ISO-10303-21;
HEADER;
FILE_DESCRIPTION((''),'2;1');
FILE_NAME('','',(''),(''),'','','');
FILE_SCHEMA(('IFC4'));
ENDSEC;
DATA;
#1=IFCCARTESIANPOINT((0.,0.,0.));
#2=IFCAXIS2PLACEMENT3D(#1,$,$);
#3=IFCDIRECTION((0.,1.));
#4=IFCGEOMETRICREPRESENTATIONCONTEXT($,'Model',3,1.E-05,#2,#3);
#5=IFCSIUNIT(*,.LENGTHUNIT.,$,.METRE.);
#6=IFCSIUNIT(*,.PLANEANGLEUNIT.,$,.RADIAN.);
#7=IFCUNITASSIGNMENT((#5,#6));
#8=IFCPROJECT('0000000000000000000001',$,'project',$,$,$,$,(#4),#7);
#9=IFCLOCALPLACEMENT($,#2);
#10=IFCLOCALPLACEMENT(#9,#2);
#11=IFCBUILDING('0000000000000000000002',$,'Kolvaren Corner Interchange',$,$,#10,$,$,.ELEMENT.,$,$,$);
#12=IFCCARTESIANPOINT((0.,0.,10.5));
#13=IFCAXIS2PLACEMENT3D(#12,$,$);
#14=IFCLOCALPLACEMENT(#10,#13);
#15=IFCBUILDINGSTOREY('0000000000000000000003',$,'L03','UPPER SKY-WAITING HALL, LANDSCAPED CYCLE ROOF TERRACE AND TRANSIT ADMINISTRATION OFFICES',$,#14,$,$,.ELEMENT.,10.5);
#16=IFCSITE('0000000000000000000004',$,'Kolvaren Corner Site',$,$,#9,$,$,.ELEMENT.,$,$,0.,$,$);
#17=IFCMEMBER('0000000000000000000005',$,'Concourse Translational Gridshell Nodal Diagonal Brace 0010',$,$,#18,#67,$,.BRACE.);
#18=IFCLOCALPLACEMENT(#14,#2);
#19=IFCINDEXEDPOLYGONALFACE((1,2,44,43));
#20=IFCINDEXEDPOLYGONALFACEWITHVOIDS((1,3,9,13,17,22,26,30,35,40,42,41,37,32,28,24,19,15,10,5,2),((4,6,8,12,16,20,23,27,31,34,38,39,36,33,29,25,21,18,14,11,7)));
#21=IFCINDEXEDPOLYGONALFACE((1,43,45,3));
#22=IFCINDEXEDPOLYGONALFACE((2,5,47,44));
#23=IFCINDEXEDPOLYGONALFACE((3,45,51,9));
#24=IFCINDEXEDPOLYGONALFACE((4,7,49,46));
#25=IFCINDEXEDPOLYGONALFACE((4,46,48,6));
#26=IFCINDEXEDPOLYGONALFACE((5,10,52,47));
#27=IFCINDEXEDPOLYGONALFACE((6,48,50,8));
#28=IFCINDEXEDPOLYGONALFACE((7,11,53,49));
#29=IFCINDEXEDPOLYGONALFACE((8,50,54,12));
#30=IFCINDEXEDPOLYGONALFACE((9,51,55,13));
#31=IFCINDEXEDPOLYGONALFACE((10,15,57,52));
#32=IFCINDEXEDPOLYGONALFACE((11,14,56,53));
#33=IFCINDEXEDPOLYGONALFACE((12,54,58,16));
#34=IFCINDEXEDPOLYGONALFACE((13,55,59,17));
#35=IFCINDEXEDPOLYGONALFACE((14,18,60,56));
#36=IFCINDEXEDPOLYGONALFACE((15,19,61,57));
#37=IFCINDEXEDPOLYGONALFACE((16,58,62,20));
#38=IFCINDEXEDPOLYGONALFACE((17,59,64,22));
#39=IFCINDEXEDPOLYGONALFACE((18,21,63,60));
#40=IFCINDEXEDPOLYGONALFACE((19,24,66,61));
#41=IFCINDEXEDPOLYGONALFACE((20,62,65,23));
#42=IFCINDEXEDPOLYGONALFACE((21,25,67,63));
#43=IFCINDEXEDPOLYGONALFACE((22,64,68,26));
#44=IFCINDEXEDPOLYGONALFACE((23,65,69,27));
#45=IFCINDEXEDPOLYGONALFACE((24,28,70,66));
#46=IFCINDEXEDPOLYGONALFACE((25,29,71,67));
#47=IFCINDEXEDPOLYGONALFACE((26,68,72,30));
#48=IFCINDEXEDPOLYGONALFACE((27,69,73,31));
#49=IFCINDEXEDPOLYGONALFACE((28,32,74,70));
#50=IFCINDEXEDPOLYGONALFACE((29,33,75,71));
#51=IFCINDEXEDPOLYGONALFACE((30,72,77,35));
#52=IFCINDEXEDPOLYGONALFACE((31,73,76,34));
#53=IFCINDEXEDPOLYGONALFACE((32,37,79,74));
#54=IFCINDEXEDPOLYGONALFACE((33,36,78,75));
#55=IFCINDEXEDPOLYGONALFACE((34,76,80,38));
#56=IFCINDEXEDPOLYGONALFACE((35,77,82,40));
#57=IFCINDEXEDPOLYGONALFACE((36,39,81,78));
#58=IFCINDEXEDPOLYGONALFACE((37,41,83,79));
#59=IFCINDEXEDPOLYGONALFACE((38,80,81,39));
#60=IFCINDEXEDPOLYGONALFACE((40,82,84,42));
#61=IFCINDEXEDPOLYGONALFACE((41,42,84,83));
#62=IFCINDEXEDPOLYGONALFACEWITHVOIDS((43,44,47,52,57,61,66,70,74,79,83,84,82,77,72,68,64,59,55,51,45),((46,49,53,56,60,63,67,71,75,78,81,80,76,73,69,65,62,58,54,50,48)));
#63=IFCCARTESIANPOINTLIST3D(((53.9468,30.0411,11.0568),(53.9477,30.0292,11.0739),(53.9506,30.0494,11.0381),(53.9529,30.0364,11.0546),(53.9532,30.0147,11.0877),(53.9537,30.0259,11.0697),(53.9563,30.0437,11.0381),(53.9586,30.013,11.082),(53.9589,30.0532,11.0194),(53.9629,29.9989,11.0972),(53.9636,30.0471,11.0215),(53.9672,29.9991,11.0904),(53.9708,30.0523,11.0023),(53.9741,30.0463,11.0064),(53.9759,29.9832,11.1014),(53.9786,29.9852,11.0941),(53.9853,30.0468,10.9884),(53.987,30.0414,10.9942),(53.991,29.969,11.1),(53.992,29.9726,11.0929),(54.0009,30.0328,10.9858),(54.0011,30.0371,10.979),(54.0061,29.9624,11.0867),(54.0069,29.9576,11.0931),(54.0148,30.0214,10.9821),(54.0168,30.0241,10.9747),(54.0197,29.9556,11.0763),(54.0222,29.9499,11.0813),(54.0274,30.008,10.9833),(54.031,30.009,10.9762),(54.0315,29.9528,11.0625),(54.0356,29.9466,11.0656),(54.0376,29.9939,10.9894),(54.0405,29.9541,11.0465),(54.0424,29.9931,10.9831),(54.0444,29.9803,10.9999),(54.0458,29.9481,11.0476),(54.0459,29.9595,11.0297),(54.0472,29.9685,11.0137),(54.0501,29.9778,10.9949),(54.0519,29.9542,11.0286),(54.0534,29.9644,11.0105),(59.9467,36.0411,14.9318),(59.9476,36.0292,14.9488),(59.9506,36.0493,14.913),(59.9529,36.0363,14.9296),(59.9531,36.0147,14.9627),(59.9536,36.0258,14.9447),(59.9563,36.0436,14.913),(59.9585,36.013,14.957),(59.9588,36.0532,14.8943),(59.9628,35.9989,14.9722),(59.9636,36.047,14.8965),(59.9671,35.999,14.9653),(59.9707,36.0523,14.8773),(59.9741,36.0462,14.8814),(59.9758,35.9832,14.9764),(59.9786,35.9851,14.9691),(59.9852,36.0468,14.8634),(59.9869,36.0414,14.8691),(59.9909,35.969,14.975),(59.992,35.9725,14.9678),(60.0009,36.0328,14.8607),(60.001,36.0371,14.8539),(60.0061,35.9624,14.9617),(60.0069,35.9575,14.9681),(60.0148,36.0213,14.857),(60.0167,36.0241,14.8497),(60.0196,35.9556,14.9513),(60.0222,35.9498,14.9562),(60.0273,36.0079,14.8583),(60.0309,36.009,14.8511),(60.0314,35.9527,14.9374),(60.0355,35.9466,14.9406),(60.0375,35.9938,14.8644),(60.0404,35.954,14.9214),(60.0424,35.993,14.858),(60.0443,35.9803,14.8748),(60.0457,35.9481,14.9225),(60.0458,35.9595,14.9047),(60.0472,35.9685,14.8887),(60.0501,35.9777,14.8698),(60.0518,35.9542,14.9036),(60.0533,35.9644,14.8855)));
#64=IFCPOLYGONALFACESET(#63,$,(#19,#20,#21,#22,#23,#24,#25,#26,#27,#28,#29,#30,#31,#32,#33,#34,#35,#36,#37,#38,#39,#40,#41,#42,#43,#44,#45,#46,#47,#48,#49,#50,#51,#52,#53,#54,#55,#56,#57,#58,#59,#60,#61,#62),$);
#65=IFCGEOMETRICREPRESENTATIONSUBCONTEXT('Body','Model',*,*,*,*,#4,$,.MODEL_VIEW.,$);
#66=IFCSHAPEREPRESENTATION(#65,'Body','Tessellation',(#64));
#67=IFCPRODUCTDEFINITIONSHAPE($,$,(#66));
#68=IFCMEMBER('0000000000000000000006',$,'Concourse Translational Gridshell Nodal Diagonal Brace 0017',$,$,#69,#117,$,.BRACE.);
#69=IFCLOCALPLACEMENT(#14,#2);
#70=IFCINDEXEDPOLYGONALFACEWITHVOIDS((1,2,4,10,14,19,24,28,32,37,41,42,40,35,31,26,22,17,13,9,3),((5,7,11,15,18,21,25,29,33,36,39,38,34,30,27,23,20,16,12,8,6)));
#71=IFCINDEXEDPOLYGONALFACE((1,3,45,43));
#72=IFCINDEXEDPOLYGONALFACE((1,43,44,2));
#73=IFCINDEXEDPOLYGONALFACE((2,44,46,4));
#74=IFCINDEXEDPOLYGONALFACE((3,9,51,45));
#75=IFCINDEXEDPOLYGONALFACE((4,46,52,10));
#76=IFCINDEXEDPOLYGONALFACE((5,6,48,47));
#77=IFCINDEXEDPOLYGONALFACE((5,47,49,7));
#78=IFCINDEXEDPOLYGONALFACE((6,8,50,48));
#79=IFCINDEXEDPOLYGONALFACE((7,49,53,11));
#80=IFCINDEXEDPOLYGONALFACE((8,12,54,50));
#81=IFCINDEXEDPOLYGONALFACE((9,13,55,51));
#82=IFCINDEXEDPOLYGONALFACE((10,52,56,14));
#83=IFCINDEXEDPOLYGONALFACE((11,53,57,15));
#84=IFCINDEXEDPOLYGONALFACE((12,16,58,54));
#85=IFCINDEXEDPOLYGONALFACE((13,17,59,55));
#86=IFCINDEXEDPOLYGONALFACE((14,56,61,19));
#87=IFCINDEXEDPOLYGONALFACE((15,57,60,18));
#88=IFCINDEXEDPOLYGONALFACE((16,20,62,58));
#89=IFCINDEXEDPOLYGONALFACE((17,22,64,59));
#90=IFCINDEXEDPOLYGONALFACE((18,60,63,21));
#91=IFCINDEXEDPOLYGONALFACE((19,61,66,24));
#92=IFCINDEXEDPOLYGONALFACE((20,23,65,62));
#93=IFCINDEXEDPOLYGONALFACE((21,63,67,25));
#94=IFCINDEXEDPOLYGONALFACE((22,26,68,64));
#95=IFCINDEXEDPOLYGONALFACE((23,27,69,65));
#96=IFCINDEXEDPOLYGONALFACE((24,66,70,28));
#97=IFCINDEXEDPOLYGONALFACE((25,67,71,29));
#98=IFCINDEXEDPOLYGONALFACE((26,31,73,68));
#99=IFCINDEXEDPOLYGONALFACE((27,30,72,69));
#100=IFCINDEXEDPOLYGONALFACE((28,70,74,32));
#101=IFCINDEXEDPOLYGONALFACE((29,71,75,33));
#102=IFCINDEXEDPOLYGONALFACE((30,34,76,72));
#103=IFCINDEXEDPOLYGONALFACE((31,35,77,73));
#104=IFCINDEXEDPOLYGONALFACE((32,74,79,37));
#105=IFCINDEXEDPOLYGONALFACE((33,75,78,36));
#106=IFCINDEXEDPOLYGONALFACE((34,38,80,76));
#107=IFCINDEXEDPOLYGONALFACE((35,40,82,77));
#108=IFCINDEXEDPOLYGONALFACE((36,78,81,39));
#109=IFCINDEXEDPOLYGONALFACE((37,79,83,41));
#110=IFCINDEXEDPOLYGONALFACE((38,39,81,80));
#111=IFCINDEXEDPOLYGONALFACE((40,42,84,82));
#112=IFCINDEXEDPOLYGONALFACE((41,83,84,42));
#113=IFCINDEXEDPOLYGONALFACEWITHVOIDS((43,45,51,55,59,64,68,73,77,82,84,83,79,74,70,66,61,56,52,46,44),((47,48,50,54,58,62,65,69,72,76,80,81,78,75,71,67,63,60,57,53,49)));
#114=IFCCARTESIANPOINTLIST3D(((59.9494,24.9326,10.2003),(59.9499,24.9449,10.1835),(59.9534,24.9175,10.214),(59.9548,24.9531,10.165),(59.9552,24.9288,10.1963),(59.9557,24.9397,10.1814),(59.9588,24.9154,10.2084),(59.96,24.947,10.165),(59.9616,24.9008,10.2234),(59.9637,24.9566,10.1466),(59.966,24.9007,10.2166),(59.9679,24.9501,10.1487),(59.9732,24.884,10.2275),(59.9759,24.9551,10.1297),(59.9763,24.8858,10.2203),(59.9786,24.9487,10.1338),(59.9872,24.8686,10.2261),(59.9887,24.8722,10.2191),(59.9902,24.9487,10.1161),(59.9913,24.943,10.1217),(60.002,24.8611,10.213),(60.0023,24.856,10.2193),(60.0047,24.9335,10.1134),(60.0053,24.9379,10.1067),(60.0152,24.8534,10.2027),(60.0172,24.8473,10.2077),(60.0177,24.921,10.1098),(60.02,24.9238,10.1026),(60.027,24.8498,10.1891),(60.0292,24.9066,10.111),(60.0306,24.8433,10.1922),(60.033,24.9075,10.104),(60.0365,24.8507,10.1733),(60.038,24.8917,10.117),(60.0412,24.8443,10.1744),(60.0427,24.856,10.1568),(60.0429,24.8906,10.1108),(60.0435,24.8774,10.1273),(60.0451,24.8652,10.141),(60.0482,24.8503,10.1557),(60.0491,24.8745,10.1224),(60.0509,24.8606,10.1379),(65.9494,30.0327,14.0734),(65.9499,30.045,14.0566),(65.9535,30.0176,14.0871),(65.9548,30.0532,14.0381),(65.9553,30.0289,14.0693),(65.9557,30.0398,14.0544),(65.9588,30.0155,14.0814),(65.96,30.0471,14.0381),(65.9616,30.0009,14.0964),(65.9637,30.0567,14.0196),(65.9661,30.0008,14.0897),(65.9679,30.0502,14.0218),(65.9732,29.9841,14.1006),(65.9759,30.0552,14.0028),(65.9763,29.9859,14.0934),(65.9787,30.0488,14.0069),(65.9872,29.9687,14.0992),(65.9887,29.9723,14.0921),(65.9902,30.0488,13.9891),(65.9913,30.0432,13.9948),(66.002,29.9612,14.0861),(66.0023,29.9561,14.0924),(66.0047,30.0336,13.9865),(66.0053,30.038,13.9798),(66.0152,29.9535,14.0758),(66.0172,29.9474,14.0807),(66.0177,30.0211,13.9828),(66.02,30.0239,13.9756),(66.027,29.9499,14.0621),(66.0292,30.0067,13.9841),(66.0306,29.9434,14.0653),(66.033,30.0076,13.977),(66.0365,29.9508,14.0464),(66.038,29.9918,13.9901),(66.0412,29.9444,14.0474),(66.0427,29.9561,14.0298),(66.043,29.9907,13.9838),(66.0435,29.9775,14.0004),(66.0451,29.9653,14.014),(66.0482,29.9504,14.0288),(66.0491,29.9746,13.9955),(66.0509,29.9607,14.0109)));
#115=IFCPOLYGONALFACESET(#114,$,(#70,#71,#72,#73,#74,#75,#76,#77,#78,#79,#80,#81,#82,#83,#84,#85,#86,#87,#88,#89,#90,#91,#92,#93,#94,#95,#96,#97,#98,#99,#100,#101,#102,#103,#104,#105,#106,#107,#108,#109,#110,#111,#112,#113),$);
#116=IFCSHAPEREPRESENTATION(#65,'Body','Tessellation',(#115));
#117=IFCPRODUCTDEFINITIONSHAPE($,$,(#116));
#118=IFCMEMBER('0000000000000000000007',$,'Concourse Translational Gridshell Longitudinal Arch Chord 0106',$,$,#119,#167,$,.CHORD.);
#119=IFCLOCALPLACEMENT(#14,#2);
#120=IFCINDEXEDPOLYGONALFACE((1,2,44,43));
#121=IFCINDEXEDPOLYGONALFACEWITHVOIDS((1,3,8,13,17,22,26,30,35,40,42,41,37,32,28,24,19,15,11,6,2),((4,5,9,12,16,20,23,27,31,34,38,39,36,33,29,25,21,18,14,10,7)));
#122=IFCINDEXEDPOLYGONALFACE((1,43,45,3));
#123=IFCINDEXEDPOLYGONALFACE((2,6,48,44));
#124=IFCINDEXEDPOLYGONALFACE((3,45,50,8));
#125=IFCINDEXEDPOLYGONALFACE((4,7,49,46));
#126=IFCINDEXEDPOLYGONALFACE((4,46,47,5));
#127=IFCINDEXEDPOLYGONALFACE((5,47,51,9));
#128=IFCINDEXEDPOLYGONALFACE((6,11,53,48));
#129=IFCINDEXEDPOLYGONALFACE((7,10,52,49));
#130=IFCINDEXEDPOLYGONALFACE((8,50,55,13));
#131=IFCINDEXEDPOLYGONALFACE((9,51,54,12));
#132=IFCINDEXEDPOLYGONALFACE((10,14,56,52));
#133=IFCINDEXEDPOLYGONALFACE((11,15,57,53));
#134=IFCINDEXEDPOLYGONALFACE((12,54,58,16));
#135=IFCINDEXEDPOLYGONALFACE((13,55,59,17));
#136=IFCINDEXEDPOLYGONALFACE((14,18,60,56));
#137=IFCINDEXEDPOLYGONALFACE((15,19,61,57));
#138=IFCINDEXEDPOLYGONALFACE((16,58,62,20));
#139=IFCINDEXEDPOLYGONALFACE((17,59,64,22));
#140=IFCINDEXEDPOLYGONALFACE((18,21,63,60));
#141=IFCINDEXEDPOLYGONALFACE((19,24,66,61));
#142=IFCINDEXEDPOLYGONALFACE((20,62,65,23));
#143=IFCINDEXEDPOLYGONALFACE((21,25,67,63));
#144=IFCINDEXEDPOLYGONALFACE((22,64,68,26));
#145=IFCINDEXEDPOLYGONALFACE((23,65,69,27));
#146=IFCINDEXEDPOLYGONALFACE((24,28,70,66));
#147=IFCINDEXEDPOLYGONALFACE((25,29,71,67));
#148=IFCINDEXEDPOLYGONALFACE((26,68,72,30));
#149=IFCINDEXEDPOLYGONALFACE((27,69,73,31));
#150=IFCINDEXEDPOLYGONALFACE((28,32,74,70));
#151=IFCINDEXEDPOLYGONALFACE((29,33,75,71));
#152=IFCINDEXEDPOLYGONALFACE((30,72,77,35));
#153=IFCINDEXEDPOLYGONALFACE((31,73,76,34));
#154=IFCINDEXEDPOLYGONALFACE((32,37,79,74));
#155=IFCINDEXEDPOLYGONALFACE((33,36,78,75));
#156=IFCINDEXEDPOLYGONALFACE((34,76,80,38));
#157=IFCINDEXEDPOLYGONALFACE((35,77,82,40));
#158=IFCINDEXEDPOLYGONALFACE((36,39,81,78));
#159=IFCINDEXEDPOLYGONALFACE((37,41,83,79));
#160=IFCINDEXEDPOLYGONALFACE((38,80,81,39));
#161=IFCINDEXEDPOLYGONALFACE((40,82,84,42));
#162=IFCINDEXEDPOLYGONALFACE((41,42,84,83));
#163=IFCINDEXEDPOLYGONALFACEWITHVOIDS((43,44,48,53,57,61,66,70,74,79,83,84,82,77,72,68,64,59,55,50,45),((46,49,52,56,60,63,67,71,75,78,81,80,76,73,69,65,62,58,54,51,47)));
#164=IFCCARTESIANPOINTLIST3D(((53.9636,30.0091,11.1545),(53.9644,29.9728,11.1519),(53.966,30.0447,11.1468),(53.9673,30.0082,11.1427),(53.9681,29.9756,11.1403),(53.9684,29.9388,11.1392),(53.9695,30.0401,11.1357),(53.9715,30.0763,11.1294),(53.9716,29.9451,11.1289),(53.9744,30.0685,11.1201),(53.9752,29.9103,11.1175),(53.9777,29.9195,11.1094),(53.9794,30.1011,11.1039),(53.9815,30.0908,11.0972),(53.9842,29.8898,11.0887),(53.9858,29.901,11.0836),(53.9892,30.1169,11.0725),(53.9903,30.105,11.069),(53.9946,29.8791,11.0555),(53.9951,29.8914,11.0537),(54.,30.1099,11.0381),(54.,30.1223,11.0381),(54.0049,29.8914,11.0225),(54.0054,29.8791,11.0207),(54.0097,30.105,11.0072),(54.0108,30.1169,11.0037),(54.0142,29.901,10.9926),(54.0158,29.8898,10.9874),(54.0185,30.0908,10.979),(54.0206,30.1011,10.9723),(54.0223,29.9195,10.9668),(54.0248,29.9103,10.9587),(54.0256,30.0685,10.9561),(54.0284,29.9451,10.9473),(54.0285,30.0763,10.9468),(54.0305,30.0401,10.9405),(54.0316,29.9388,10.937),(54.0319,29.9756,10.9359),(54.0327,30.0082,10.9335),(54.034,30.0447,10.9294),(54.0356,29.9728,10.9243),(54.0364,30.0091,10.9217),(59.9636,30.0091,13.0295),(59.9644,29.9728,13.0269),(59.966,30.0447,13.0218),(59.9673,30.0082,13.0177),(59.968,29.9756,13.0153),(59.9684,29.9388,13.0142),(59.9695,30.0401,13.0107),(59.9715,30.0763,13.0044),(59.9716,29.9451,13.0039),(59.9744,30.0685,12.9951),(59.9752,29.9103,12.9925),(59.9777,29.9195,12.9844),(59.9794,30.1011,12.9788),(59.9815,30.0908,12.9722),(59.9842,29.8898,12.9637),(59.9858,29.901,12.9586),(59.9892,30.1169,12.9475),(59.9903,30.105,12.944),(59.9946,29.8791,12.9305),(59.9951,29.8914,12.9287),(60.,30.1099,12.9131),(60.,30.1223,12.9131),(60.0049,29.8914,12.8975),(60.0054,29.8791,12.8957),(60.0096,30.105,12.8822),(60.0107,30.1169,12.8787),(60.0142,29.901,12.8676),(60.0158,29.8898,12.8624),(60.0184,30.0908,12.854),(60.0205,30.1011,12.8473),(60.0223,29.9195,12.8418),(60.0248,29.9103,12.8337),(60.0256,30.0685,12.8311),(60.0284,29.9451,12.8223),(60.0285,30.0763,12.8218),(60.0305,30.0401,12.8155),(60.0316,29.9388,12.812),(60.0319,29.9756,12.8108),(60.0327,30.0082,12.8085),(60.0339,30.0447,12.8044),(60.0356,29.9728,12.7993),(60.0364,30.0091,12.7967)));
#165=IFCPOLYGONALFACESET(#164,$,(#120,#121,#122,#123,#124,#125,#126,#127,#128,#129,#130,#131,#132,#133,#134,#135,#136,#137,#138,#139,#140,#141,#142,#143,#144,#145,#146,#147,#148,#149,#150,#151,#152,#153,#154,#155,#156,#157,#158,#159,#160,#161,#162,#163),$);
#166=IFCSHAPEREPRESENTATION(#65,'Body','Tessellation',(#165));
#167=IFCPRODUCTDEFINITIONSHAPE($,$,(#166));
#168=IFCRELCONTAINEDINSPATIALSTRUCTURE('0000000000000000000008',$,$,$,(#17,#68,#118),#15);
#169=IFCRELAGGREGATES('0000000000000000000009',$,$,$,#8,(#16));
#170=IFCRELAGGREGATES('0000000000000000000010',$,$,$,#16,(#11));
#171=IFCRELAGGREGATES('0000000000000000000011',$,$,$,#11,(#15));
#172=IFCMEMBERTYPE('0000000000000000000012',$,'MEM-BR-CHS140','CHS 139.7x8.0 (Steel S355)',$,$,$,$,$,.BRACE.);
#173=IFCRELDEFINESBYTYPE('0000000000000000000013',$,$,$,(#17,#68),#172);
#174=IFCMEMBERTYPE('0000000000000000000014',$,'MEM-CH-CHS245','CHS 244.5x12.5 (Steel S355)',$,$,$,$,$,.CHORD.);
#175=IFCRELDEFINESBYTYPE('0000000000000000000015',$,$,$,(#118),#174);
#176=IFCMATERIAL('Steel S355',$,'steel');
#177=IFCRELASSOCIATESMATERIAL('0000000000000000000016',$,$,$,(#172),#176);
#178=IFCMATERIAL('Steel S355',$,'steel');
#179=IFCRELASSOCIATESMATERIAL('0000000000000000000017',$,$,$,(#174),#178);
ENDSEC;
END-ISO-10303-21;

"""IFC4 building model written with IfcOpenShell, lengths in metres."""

from ifc_helpers import new_model, si_unit, direction, frame, origin, origin_2d, place, context, subcontext, project, spatial, hollow_circle, extrude, material, material_profile, profile_set, type_object, element, save


model = new_model("IFC4")

# Units and contexts
model_context = context("Model", 3, precision=1e-05, world=origin(), true_north=direction((0.0, 1.0)))
body_context = subcontext(model_context, "Body", "Model", "MODEL_VIEW")
ifc_project = project(units=[si_unit("LENGTHUNIT", "METRE"), si_unit("PLANEANGLEUNIT", "RADIAN")], contexts=[model_context])

# Site, building, storey
site_placement = place(None, origin())
site = spatial("IfcSite", under=ifc_project, at=site_placement, Name="Kolvaren Corner Site", CompositionType="ELEMENT", RefElevation=0.0)
building_placement = place(site_placement, origin())
building = spatial("IfcBuilding", under=site, at=building_placement, Name="Kolvaren Corner Interchange", CompositionType="ELEMENT")
storey_placement = place(building_placement, frame((0.0, 0.0, 10.5)))
storey = spatial("IfcBuildingStorey", under=building, at=storey_placement, Name="L03", Description="UPPER SKY-WAITING HALL, LANDSCAPED CYCLE ROOF TERRACE AND TRANSIT ADMINISTRATION OFFICES", CompositionType="ELEMENT", Elevation=10.5)

# Members
ifc_material_1 = material(Name="Steel S355", Category="steel")
ifc_material_profile_1 = material_profile(ifc_material_1, hollow_circle(Radius=0.0698, WallThickness=0.0081, at=origin_2d()), Name="CHS 139.7x8.0")
ifc_profile_set_1 = profile_set([ifc_material_profile_1], Name="Steel S355")
member_type_1 = type_object("IfcMemberType", Name="MEM-BR-CHS140", Description="CHS 139.7x8.0 (Steel S355)", PredefinedType="BRACE", material=ifc_profile_set_1)
member_1_placement = place(storey_placement, frame((54.0, 30.0, 11.0381), z_axis=(0.64321, 0.64321, 0.415406), x_axis=(-0.707107, 0.707107, 0.0)))
element("IfcMember", 1, at=member_1_placement, inside=storey, type_object=member_type_1, Name="Concourse Translational Gridshell Nodal Diagonal Brace 0010", PredefinedType="BRACE", context=body_context, shape_type="SweptSolid", body=[
    extrude(hollow_circle(Radius=0.0698, WallThickness=0.0081, at=origin_2d()), origin(), (0.0, 0.0, 1.0), 9.3281),
])
member_2_placement = place(storey_placement, frame((60.0, 24.8999, 10.165), z_axis=(0.683712, 0.581167, 0.441342), x_axis=(-0.647656, 0.761933, 0.0)))
element("IfcMember", 2, at=member_2_placement, inside=storey, type_object=member_type_1, Name="Concourse Translational Gridshell Nodal Diagonal Brace 0017", PredefinedType="BRACE", context=body_context, shape_type="SweptSolid", body=[
    extrude(hollow_circle(Radius=0.0698, WallThickness=0.0081, at=origin_2d()), origin(), (0.0, 0.0, 1.0), 8.7756),
])
ifc_material_2 = material(Name="Steel S355", Category="steel")
ifc_material_profile_2 = material_profile(ifc_material_2, hollow_circle(Radius=0.1223, WallThickness=0.0125, at=origin_2d()), Name="CHS 244.5x12.5")
ifc_profile_set_2 = profile_set([ifc_material_profile_2], Name="Steel S355")
member_type_2 = type_object("IfcMemberType", Name="MEM-CH-CHS245", Description="CHS 244.5x12.5 (Steel S355)", PredefinedType="CHORD", material=ifc_profile_set_2)
member_3_placement = place(storey_placement, frame((54.0, 30.0, 11.0381), z_axis=(0.95448, 0.0, 0.298275), x_axis=(0.0, 1.0, 0.0)))
element("IfcMember", 3, at=member_3_placement, inside=storey, type_object=member_type_2, Name="Concourse Translational Gridshell Longitudinal Arch Chord 0106", PredefinedType="CHORD", context=body_context, shape_type="SweptSolid", body=[
    extrude(hollow_circle(Radius=0.1223, WallThickness=0.0125, at=origin_2d()), origin(), (0.0, 0.0, 1.0), 6.2861),
])

save(model, "model.ifc")
